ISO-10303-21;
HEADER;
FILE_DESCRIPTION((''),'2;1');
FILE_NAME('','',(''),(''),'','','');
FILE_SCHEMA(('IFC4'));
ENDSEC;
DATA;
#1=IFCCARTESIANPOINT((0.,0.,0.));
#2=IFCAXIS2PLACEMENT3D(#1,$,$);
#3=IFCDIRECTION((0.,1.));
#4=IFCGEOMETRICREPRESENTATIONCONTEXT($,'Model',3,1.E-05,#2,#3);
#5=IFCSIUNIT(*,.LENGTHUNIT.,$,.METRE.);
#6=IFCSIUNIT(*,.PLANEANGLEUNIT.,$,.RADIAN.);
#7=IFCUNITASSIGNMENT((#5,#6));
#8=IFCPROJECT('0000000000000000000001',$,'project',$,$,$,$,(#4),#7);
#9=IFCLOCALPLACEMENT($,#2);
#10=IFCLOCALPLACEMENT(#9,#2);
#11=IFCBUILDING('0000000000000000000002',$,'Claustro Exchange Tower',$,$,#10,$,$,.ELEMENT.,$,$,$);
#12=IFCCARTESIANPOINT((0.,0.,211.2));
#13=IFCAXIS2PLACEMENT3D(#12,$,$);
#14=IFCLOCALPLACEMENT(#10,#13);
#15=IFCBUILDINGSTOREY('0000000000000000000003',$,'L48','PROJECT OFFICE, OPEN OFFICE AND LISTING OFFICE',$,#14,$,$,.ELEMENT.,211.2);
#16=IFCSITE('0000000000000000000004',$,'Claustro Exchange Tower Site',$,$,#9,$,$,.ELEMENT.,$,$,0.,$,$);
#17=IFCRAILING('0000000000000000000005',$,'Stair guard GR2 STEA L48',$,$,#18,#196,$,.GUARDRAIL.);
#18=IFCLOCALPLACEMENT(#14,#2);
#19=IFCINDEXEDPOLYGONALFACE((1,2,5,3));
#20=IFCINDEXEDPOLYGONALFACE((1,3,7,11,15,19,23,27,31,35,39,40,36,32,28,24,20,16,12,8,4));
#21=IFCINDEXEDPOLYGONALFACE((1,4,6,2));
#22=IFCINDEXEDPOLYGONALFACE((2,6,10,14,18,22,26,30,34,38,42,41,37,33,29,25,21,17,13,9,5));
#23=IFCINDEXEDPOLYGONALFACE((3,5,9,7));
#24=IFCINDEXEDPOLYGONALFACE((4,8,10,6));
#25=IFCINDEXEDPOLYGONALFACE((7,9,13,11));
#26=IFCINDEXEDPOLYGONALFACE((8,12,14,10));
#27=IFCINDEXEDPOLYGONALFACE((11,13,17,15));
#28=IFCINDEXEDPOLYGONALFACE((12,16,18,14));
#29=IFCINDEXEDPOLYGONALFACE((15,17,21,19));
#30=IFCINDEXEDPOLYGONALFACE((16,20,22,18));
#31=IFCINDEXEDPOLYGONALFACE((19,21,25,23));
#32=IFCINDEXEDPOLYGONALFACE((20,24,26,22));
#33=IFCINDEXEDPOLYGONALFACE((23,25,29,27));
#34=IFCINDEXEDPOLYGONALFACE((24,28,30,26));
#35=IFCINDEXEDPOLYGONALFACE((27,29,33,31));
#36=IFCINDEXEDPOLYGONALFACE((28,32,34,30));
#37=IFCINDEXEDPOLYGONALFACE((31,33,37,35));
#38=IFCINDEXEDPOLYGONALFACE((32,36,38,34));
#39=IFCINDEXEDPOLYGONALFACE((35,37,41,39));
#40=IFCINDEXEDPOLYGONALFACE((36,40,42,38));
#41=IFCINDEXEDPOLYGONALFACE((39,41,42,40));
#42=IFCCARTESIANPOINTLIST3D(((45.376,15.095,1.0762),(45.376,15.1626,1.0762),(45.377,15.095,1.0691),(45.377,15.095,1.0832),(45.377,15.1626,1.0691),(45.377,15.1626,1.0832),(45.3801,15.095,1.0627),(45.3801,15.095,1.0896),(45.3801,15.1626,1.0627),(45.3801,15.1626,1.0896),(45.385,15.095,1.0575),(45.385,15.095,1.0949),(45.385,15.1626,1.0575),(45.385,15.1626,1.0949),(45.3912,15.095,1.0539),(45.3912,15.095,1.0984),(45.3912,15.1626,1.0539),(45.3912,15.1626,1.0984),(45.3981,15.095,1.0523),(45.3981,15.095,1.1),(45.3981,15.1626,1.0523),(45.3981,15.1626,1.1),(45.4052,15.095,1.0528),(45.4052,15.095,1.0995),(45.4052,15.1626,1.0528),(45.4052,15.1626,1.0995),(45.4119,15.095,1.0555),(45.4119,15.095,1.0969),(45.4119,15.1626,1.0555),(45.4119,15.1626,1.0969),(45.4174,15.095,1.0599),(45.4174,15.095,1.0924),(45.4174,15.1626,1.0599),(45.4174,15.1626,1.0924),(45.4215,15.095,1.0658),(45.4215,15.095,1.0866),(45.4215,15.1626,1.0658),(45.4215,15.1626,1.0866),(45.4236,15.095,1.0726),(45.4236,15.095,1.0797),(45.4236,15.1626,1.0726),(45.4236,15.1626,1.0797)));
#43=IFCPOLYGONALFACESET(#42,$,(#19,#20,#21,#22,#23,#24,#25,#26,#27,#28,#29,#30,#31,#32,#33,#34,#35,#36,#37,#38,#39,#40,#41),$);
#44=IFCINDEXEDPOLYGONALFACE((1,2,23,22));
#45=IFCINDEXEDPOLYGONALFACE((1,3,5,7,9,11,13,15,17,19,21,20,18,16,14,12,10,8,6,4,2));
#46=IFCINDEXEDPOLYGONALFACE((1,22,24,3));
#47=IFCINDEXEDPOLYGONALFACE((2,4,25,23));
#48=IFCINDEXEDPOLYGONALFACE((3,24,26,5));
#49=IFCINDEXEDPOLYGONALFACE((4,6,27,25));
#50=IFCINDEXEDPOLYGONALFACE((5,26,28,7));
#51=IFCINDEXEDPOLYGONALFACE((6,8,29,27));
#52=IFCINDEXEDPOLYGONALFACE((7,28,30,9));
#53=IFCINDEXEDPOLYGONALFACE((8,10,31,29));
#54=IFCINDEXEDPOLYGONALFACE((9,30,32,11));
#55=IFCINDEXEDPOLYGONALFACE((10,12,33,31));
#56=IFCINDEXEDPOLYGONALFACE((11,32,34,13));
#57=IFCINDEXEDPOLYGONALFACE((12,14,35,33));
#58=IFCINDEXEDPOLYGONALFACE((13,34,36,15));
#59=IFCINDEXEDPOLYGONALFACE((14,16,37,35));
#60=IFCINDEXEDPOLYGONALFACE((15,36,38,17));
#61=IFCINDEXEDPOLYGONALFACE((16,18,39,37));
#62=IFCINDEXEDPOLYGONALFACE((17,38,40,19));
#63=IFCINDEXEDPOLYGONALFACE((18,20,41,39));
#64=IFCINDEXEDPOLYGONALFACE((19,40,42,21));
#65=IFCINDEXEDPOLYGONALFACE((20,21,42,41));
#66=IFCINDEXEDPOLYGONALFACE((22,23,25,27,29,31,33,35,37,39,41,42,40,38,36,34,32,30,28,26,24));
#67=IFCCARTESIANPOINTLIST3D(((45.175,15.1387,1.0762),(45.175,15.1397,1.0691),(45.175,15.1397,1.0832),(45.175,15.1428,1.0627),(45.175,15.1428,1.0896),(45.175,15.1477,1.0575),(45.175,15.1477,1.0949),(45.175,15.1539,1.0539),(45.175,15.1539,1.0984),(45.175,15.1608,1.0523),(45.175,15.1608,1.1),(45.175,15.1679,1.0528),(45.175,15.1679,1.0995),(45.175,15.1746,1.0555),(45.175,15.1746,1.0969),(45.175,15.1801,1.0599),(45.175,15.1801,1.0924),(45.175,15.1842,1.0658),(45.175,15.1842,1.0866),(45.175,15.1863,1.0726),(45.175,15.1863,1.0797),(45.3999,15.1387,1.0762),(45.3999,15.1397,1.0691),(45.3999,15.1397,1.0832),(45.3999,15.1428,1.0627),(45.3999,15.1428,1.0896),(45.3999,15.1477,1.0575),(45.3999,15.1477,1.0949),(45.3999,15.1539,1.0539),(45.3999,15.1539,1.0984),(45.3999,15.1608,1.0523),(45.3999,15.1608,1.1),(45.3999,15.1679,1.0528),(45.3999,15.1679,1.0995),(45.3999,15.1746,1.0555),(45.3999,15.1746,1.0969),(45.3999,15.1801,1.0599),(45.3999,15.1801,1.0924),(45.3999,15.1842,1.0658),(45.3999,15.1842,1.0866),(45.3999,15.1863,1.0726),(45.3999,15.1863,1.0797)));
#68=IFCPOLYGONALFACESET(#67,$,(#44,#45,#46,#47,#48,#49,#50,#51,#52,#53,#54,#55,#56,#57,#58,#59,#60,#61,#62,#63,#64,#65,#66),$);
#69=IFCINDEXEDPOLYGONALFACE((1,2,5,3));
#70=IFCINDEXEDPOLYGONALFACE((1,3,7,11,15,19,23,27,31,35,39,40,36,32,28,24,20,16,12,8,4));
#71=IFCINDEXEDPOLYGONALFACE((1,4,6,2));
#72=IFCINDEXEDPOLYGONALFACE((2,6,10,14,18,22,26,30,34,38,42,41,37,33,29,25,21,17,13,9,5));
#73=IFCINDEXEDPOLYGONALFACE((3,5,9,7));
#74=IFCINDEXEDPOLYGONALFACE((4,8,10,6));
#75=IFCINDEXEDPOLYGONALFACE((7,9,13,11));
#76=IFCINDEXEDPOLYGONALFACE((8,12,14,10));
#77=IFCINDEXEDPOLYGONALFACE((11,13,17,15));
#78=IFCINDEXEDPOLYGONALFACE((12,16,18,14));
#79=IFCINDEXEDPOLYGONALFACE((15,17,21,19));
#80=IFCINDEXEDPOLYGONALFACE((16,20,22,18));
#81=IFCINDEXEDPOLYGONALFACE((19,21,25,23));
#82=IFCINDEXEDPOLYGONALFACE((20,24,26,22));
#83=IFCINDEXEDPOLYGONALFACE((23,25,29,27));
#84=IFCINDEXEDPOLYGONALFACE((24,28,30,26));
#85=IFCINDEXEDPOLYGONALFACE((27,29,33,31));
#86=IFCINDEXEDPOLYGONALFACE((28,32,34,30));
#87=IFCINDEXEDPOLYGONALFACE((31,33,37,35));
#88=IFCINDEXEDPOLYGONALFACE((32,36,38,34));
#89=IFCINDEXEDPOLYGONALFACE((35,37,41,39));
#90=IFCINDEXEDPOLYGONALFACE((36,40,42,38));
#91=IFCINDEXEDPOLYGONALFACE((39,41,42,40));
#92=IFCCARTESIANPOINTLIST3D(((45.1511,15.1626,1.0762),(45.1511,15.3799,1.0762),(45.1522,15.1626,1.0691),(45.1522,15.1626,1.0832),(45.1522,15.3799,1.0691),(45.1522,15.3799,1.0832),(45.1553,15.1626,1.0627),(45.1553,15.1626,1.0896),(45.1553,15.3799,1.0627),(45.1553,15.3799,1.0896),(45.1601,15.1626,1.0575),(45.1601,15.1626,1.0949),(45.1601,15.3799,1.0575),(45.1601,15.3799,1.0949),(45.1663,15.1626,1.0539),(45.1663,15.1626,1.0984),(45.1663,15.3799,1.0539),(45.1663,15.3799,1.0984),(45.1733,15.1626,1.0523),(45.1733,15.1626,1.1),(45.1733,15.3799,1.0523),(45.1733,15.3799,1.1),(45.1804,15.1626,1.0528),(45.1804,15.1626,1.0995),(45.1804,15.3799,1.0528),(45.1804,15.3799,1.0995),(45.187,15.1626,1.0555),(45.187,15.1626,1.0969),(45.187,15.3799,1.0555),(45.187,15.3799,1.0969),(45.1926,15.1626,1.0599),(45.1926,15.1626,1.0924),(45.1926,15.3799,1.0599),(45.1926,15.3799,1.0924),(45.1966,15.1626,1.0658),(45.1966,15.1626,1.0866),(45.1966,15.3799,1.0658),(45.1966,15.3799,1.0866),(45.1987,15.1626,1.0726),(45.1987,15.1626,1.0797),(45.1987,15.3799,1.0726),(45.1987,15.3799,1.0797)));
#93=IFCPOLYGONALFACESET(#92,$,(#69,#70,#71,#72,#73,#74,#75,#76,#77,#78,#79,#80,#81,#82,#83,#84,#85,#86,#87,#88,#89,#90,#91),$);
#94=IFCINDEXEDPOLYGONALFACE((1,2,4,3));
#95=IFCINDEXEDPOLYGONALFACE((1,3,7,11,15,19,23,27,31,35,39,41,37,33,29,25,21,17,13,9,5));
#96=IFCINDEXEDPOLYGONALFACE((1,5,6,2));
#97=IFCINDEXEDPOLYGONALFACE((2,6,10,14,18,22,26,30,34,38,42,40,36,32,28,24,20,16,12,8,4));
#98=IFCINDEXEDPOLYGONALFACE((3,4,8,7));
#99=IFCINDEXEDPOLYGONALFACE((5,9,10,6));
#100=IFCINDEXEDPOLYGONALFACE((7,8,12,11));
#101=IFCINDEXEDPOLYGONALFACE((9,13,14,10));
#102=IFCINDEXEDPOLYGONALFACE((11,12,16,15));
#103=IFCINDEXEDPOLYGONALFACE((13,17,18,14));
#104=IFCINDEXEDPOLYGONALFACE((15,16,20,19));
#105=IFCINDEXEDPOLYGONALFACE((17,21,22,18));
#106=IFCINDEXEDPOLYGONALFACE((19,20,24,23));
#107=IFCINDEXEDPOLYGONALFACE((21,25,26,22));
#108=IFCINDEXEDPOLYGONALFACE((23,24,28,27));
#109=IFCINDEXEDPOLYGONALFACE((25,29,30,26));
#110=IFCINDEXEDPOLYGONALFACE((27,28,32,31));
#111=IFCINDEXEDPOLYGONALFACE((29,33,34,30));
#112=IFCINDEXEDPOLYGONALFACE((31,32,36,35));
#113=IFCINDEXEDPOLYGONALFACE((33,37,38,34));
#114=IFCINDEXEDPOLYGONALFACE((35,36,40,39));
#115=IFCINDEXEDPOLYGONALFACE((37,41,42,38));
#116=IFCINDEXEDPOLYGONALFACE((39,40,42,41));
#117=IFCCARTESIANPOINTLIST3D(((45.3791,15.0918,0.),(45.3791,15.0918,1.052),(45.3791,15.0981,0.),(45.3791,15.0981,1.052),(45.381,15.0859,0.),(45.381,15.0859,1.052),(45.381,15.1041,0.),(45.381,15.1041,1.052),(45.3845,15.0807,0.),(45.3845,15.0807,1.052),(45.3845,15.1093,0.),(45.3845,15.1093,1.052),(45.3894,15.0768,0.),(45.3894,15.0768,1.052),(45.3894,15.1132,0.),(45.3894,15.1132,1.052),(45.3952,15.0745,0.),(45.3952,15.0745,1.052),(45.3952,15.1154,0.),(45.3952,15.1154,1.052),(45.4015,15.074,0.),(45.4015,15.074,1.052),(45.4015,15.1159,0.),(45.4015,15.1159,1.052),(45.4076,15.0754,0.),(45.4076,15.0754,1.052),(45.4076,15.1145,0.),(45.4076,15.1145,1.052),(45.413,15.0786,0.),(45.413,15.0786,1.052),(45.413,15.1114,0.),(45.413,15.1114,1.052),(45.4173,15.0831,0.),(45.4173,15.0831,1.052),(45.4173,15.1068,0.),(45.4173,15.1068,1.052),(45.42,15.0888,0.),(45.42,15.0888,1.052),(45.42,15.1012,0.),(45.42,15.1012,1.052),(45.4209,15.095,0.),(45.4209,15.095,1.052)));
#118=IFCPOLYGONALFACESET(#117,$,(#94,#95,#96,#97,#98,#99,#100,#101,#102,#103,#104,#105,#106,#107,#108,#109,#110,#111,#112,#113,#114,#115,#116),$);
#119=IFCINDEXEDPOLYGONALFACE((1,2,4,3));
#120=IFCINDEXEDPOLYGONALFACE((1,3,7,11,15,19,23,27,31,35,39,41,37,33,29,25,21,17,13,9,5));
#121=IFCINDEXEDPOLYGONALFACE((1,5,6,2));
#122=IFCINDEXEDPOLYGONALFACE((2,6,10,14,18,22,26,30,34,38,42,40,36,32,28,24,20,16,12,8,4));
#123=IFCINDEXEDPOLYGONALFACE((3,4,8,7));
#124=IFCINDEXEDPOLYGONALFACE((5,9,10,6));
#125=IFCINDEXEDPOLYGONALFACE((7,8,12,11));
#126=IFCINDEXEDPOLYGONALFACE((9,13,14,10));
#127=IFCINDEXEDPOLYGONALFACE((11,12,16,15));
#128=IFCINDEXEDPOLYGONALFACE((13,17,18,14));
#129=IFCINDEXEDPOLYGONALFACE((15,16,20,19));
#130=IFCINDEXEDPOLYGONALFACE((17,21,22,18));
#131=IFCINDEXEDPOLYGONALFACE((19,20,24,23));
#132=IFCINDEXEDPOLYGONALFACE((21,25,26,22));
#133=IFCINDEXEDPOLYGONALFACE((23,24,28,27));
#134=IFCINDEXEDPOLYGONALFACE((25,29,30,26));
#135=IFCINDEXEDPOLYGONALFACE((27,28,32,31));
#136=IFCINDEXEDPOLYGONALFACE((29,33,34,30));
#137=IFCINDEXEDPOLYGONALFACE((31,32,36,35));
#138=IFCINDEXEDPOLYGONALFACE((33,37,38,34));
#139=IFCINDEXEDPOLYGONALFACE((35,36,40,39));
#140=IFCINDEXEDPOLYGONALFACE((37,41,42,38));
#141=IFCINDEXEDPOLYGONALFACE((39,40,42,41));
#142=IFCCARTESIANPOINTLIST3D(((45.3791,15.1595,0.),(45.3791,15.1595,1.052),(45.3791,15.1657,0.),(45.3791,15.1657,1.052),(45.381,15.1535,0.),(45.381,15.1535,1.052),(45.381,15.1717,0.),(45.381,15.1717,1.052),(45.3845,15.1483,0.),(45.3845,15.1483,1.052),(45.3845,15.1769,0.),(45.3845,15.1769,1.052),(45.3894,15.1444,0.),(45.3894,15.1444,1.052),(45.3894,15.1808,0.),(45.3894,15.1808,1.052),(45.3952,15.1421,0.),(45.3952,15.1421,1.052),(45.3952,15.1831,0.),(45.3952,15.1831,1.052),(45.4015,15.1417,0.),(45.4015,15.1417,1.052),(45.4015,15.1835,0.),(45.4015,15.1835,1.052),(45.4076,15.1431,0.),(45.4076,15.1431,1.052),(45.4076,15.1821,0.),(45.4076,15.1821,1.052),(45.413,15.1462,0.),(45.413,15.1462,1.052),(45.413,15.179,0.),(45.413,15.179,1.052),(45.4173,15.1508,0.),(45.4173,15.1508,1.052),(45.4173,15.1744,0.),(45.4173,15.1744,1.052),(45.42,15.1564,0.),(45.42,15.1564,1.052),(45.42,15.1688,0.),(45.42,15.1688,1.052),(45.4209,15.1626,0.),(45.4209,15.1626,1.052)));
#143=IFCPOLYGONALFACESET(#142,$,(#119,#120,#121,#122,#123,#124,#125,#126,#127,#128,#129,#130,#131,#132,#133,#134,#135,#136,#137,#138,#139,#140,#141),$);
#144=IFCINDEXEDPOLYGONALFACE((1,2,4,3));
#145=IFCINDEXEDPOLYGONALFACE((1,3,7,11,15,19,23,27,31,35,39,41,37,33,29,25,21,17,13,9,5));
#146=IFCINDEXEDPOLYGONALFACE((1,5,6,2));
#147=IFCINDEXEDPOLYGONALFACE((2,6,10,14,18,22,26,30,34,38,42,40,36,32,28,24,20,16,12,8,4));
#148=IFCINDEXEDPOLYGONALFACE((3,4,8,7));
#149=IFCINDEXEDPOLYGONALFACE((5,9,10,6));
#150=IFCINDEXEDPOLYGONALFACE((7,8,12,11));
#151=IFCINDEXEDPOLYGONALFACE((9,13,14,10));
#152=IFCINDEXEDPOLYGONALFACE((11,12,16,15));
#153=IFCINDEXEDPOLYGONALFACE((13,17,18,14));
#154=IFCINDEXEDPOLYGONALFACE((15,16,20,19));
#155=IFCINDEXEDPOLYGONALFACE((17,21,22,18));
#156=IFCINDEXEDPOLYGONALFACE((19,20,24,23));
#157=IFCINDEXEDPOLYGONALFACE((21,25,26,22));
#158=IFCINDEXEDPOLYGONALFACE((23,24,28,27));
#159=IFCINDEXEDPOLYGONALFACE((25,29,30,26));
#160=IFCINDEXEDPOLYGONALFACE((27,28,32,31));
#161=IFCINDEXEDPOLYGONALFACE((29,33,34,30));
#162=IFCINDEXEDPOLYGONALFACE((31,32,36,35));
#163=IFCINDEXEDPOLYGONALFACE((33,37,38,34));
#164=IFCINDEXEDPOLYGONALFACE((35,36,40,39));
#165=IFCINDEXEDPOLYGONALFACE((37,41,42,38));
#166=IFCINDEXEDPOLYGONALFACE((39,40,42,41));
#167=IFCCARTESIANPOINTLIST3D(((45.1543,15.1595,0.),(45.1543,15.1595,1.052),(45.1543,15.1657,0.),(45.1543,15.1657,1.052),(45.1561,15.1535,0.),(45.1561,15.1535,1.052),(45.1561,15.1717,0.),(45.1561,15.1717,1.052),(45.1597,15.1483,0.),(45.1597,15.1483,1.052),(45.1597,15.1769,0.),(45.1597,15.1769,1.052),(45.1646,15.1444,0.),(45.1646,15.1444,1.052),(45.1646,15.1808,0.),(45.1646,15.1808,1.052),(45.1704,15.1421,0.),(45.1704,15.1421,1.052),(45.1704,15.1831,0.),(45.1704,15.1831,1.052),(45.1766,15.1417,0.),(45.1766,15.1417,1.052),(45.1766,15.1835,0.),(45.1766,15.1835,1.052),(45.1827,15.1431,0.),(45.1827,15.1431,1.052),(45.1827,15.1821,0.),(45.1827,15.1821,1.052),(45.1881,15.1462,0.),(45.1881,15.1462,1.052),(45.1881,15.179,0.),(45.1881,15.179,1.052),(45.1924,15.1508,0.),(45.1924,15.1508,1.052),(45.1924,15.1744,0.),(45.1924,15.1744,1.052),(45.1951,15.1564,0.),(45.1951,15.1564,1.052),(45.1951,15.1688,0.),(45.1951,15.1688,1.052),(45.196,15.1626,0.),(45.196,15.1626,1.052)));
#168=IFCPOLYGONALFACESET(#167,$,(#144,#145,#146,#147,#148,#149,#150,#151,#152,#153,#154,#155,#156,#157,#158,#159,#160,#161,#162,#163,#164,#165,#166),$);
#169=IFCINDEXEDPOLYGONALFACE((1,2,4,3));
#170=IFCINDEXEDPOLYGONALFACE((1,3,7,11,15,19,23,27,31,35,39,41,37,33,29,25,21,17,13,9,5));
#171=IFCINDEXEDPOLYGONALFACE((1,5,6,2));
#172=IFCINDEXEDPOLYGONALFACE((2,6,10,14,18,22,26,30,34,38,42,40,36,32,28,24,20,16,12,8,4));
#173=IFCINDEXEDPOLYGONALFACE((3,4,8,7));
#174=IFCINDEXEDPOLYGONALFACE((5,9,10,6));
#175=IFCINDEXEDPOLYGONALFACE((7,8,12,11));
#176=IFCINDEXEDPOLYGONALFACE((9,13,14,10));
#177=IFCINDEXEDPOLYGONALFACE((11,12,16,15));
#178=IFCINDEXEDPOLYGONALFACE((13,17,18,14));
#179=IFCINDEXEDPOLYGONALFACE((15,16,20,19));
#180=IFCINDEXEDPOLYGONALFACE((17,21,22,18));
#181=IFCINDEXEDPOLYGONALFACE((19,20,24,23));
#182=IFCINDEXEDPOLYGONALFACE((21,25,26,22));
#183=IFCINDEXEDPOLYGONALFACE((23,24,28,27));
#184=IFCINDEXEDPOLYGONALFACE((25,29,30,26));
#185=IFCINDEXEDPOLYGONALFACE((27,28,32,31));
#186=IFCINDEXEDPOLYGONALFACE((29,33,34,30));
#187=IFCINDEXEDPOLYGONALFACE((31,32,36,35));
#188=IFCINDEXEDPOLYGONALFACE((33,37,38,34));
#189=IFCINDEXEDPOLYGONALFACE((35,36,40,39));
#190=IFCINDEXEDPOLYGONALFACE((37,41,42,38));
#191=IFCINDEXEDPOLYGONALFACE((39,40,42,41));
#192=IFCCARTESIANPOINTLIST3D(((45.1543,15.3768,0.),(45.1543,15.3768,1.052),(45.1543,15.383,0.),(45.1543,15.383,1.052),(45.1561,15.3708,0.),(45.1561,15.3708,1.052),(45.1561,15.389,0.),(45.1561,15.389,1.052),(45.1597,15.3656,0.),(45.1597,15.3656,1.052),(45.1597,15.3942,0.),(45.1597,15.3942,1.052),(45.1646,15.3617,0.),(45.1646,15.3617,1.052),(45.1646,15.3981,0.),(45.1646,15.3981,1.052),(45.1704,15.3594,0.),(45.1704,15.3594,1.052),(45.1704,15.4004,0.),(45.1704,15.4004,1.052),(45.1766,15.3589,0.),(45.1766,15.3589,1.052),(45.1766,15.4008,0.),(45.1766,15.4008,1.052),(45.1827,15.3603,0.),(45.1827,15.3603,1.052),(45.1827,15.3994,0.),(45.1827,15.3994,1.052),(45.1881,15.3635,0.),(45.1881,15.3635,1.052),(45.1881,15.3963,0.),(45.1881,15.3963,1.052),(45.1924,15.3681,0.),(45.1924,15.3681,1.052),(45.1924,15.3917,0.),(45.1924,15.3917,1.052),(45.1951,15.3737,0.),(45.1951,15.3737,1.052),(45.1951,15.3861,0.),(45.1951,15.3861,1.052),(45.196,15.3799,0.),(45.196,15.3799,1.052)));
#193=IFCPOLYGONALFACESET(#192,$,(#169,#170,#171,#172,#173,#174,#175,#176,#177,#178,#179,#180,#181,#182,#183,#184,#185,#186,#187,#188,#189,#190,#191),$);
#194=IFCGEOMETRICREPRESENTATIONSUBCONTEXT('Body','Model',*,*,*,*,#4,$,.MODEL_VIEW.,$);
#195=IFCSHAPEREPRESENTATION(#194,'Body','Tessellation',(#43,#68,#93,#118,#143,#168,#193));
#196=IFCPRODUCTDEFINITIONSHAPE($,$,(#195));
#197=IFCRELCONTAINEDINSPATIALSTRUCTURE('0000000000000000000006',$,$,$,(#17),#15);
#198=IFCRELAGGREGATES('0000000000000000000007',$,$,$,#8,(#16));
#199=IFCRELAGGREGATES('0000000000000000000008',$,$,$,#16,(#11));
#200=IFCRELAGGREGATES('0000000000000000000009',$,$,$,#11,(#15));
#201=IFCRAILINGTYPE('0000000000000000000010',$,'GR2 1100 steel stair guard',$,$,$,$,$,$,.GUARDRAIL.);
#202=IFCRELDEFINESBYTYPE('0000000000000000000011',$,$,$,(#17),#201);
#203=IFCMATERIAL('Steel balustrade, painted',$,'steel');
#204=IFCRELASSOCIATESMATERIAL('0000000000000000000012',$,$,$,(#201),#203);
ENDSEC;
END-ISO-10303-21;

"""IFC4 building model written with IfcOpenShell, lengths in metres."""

from ifc_helpers import new_model, si_unit, direction, frame, origin, origin_2d, place, context, subcontext, project, spatial, circle, extrude, material, type_object, element, save


model = new_model("IFC4")

# Units and contexts
model_context = context("Model", 3, precision=1e-05, world=origin(), true_north=direction((0.0, 1.0)))
body_context = subcontext(model_context, "Body", "Model", "MODEL_VIEW")
ifc_project = project(units=[si_unit("LENGTHUNIT", "METRE"), si_unit("PLANEANGLEUNIT", "RADIAN")], contexts=[model_context])

# Site, building, storey
site_placement = place(None, origin())
site = spatial("IfcSite", under=ifc_project, at=site_placement, Name="Claustro Exchange Tower Site", CompositionType="ELEMENT", RefElevation=0.0)
building_placement = place(site_placement, origin())
building = spatial("IfcBuilding", under=site, at=building_placement, Name="Claustro Exchange Tower", CompositionType="ELEMENT")
storey_placement = place(building_placement, frame((0.0, 0.0, 211.2)))
storey = spatial("IfcBuildingStorey", under=building, at=storey_placement, Name="L48", Description="PROJECT OFFICE, OPEN OFFICE AND LISTING OFFICE", CompositionType="ELEMENT", Elevation=211.2)

# Railing
ifc_material_1 = material(Name="Steel balustrade, painted", Category="steel")
railing_type_1 = type_object("IfcRailingType", Name="GR2 1100 steel stair guard", PredefinedType="GUARDRAIL", material=ifc_material_1)
railing_1_placement = place(storey_placement, frame((45.3999, 15.095, 0.0)))
element("IfcRailing", 1, at=railing_1_placement, inside=storey, type_object=railing_type_1, Name="Stair guard GR2 STEA L48", PredefinedType="GUARDRAIL", context=body_context, shape_type="SweptSolid", body=[
    extrude(circle(Radius=0.0239, at=origin_2d()), frame((0.0, 0.0, 1.0762), z_axis=(0.0, 1.0, 0.0), x_axis=(-1.0, 0.0, 0.0)), (0.0, 0.0, 1.0), 0.0676),
    extrude(circle(Radius=0.0239, at=origin_2d()), frame((0.0, 0.0676, 1.0762), z_axis=(-1.0, 0.0, 0.0), x_axis=(0.0, -1.0, 0.0)), (0.0, 0.0, 1.0), 0.2249),
    extrude(circle(Radius=0.0239, at=origin_2d()), frame((-0.2249, 0.0676, 1.0762), z_axis=(0.0, 1.0, 0.0), x_axis=(-1.0, 0.0, 0.0)), (0.0, 0.0, 1.0), 0.2173),
    extrude(circle(Radius=0.021, at=origin_2d()), origin(), (0.0, 0.0, 1.0), 1.052),
    extrude(circle(Radius=0.021, at=origin_2d()), frame((0.0, 0.0676, 0.0)), (0.0, 0.0, 1.0), 1.052),
    extrude(circle(Radius=0.021, at=origin_2d()), frame((-0.2249, 0.0676, 0.0)), (0.0, 0.0, 1.0), 1.052),
    extrude(circle(Radius=0.021, at=origin_2d()), frame((-0.2249, 0.2849, 0.0)), (0.0, 0.0, 1.0), 1.052),
])

save(model, "model.ifc")
